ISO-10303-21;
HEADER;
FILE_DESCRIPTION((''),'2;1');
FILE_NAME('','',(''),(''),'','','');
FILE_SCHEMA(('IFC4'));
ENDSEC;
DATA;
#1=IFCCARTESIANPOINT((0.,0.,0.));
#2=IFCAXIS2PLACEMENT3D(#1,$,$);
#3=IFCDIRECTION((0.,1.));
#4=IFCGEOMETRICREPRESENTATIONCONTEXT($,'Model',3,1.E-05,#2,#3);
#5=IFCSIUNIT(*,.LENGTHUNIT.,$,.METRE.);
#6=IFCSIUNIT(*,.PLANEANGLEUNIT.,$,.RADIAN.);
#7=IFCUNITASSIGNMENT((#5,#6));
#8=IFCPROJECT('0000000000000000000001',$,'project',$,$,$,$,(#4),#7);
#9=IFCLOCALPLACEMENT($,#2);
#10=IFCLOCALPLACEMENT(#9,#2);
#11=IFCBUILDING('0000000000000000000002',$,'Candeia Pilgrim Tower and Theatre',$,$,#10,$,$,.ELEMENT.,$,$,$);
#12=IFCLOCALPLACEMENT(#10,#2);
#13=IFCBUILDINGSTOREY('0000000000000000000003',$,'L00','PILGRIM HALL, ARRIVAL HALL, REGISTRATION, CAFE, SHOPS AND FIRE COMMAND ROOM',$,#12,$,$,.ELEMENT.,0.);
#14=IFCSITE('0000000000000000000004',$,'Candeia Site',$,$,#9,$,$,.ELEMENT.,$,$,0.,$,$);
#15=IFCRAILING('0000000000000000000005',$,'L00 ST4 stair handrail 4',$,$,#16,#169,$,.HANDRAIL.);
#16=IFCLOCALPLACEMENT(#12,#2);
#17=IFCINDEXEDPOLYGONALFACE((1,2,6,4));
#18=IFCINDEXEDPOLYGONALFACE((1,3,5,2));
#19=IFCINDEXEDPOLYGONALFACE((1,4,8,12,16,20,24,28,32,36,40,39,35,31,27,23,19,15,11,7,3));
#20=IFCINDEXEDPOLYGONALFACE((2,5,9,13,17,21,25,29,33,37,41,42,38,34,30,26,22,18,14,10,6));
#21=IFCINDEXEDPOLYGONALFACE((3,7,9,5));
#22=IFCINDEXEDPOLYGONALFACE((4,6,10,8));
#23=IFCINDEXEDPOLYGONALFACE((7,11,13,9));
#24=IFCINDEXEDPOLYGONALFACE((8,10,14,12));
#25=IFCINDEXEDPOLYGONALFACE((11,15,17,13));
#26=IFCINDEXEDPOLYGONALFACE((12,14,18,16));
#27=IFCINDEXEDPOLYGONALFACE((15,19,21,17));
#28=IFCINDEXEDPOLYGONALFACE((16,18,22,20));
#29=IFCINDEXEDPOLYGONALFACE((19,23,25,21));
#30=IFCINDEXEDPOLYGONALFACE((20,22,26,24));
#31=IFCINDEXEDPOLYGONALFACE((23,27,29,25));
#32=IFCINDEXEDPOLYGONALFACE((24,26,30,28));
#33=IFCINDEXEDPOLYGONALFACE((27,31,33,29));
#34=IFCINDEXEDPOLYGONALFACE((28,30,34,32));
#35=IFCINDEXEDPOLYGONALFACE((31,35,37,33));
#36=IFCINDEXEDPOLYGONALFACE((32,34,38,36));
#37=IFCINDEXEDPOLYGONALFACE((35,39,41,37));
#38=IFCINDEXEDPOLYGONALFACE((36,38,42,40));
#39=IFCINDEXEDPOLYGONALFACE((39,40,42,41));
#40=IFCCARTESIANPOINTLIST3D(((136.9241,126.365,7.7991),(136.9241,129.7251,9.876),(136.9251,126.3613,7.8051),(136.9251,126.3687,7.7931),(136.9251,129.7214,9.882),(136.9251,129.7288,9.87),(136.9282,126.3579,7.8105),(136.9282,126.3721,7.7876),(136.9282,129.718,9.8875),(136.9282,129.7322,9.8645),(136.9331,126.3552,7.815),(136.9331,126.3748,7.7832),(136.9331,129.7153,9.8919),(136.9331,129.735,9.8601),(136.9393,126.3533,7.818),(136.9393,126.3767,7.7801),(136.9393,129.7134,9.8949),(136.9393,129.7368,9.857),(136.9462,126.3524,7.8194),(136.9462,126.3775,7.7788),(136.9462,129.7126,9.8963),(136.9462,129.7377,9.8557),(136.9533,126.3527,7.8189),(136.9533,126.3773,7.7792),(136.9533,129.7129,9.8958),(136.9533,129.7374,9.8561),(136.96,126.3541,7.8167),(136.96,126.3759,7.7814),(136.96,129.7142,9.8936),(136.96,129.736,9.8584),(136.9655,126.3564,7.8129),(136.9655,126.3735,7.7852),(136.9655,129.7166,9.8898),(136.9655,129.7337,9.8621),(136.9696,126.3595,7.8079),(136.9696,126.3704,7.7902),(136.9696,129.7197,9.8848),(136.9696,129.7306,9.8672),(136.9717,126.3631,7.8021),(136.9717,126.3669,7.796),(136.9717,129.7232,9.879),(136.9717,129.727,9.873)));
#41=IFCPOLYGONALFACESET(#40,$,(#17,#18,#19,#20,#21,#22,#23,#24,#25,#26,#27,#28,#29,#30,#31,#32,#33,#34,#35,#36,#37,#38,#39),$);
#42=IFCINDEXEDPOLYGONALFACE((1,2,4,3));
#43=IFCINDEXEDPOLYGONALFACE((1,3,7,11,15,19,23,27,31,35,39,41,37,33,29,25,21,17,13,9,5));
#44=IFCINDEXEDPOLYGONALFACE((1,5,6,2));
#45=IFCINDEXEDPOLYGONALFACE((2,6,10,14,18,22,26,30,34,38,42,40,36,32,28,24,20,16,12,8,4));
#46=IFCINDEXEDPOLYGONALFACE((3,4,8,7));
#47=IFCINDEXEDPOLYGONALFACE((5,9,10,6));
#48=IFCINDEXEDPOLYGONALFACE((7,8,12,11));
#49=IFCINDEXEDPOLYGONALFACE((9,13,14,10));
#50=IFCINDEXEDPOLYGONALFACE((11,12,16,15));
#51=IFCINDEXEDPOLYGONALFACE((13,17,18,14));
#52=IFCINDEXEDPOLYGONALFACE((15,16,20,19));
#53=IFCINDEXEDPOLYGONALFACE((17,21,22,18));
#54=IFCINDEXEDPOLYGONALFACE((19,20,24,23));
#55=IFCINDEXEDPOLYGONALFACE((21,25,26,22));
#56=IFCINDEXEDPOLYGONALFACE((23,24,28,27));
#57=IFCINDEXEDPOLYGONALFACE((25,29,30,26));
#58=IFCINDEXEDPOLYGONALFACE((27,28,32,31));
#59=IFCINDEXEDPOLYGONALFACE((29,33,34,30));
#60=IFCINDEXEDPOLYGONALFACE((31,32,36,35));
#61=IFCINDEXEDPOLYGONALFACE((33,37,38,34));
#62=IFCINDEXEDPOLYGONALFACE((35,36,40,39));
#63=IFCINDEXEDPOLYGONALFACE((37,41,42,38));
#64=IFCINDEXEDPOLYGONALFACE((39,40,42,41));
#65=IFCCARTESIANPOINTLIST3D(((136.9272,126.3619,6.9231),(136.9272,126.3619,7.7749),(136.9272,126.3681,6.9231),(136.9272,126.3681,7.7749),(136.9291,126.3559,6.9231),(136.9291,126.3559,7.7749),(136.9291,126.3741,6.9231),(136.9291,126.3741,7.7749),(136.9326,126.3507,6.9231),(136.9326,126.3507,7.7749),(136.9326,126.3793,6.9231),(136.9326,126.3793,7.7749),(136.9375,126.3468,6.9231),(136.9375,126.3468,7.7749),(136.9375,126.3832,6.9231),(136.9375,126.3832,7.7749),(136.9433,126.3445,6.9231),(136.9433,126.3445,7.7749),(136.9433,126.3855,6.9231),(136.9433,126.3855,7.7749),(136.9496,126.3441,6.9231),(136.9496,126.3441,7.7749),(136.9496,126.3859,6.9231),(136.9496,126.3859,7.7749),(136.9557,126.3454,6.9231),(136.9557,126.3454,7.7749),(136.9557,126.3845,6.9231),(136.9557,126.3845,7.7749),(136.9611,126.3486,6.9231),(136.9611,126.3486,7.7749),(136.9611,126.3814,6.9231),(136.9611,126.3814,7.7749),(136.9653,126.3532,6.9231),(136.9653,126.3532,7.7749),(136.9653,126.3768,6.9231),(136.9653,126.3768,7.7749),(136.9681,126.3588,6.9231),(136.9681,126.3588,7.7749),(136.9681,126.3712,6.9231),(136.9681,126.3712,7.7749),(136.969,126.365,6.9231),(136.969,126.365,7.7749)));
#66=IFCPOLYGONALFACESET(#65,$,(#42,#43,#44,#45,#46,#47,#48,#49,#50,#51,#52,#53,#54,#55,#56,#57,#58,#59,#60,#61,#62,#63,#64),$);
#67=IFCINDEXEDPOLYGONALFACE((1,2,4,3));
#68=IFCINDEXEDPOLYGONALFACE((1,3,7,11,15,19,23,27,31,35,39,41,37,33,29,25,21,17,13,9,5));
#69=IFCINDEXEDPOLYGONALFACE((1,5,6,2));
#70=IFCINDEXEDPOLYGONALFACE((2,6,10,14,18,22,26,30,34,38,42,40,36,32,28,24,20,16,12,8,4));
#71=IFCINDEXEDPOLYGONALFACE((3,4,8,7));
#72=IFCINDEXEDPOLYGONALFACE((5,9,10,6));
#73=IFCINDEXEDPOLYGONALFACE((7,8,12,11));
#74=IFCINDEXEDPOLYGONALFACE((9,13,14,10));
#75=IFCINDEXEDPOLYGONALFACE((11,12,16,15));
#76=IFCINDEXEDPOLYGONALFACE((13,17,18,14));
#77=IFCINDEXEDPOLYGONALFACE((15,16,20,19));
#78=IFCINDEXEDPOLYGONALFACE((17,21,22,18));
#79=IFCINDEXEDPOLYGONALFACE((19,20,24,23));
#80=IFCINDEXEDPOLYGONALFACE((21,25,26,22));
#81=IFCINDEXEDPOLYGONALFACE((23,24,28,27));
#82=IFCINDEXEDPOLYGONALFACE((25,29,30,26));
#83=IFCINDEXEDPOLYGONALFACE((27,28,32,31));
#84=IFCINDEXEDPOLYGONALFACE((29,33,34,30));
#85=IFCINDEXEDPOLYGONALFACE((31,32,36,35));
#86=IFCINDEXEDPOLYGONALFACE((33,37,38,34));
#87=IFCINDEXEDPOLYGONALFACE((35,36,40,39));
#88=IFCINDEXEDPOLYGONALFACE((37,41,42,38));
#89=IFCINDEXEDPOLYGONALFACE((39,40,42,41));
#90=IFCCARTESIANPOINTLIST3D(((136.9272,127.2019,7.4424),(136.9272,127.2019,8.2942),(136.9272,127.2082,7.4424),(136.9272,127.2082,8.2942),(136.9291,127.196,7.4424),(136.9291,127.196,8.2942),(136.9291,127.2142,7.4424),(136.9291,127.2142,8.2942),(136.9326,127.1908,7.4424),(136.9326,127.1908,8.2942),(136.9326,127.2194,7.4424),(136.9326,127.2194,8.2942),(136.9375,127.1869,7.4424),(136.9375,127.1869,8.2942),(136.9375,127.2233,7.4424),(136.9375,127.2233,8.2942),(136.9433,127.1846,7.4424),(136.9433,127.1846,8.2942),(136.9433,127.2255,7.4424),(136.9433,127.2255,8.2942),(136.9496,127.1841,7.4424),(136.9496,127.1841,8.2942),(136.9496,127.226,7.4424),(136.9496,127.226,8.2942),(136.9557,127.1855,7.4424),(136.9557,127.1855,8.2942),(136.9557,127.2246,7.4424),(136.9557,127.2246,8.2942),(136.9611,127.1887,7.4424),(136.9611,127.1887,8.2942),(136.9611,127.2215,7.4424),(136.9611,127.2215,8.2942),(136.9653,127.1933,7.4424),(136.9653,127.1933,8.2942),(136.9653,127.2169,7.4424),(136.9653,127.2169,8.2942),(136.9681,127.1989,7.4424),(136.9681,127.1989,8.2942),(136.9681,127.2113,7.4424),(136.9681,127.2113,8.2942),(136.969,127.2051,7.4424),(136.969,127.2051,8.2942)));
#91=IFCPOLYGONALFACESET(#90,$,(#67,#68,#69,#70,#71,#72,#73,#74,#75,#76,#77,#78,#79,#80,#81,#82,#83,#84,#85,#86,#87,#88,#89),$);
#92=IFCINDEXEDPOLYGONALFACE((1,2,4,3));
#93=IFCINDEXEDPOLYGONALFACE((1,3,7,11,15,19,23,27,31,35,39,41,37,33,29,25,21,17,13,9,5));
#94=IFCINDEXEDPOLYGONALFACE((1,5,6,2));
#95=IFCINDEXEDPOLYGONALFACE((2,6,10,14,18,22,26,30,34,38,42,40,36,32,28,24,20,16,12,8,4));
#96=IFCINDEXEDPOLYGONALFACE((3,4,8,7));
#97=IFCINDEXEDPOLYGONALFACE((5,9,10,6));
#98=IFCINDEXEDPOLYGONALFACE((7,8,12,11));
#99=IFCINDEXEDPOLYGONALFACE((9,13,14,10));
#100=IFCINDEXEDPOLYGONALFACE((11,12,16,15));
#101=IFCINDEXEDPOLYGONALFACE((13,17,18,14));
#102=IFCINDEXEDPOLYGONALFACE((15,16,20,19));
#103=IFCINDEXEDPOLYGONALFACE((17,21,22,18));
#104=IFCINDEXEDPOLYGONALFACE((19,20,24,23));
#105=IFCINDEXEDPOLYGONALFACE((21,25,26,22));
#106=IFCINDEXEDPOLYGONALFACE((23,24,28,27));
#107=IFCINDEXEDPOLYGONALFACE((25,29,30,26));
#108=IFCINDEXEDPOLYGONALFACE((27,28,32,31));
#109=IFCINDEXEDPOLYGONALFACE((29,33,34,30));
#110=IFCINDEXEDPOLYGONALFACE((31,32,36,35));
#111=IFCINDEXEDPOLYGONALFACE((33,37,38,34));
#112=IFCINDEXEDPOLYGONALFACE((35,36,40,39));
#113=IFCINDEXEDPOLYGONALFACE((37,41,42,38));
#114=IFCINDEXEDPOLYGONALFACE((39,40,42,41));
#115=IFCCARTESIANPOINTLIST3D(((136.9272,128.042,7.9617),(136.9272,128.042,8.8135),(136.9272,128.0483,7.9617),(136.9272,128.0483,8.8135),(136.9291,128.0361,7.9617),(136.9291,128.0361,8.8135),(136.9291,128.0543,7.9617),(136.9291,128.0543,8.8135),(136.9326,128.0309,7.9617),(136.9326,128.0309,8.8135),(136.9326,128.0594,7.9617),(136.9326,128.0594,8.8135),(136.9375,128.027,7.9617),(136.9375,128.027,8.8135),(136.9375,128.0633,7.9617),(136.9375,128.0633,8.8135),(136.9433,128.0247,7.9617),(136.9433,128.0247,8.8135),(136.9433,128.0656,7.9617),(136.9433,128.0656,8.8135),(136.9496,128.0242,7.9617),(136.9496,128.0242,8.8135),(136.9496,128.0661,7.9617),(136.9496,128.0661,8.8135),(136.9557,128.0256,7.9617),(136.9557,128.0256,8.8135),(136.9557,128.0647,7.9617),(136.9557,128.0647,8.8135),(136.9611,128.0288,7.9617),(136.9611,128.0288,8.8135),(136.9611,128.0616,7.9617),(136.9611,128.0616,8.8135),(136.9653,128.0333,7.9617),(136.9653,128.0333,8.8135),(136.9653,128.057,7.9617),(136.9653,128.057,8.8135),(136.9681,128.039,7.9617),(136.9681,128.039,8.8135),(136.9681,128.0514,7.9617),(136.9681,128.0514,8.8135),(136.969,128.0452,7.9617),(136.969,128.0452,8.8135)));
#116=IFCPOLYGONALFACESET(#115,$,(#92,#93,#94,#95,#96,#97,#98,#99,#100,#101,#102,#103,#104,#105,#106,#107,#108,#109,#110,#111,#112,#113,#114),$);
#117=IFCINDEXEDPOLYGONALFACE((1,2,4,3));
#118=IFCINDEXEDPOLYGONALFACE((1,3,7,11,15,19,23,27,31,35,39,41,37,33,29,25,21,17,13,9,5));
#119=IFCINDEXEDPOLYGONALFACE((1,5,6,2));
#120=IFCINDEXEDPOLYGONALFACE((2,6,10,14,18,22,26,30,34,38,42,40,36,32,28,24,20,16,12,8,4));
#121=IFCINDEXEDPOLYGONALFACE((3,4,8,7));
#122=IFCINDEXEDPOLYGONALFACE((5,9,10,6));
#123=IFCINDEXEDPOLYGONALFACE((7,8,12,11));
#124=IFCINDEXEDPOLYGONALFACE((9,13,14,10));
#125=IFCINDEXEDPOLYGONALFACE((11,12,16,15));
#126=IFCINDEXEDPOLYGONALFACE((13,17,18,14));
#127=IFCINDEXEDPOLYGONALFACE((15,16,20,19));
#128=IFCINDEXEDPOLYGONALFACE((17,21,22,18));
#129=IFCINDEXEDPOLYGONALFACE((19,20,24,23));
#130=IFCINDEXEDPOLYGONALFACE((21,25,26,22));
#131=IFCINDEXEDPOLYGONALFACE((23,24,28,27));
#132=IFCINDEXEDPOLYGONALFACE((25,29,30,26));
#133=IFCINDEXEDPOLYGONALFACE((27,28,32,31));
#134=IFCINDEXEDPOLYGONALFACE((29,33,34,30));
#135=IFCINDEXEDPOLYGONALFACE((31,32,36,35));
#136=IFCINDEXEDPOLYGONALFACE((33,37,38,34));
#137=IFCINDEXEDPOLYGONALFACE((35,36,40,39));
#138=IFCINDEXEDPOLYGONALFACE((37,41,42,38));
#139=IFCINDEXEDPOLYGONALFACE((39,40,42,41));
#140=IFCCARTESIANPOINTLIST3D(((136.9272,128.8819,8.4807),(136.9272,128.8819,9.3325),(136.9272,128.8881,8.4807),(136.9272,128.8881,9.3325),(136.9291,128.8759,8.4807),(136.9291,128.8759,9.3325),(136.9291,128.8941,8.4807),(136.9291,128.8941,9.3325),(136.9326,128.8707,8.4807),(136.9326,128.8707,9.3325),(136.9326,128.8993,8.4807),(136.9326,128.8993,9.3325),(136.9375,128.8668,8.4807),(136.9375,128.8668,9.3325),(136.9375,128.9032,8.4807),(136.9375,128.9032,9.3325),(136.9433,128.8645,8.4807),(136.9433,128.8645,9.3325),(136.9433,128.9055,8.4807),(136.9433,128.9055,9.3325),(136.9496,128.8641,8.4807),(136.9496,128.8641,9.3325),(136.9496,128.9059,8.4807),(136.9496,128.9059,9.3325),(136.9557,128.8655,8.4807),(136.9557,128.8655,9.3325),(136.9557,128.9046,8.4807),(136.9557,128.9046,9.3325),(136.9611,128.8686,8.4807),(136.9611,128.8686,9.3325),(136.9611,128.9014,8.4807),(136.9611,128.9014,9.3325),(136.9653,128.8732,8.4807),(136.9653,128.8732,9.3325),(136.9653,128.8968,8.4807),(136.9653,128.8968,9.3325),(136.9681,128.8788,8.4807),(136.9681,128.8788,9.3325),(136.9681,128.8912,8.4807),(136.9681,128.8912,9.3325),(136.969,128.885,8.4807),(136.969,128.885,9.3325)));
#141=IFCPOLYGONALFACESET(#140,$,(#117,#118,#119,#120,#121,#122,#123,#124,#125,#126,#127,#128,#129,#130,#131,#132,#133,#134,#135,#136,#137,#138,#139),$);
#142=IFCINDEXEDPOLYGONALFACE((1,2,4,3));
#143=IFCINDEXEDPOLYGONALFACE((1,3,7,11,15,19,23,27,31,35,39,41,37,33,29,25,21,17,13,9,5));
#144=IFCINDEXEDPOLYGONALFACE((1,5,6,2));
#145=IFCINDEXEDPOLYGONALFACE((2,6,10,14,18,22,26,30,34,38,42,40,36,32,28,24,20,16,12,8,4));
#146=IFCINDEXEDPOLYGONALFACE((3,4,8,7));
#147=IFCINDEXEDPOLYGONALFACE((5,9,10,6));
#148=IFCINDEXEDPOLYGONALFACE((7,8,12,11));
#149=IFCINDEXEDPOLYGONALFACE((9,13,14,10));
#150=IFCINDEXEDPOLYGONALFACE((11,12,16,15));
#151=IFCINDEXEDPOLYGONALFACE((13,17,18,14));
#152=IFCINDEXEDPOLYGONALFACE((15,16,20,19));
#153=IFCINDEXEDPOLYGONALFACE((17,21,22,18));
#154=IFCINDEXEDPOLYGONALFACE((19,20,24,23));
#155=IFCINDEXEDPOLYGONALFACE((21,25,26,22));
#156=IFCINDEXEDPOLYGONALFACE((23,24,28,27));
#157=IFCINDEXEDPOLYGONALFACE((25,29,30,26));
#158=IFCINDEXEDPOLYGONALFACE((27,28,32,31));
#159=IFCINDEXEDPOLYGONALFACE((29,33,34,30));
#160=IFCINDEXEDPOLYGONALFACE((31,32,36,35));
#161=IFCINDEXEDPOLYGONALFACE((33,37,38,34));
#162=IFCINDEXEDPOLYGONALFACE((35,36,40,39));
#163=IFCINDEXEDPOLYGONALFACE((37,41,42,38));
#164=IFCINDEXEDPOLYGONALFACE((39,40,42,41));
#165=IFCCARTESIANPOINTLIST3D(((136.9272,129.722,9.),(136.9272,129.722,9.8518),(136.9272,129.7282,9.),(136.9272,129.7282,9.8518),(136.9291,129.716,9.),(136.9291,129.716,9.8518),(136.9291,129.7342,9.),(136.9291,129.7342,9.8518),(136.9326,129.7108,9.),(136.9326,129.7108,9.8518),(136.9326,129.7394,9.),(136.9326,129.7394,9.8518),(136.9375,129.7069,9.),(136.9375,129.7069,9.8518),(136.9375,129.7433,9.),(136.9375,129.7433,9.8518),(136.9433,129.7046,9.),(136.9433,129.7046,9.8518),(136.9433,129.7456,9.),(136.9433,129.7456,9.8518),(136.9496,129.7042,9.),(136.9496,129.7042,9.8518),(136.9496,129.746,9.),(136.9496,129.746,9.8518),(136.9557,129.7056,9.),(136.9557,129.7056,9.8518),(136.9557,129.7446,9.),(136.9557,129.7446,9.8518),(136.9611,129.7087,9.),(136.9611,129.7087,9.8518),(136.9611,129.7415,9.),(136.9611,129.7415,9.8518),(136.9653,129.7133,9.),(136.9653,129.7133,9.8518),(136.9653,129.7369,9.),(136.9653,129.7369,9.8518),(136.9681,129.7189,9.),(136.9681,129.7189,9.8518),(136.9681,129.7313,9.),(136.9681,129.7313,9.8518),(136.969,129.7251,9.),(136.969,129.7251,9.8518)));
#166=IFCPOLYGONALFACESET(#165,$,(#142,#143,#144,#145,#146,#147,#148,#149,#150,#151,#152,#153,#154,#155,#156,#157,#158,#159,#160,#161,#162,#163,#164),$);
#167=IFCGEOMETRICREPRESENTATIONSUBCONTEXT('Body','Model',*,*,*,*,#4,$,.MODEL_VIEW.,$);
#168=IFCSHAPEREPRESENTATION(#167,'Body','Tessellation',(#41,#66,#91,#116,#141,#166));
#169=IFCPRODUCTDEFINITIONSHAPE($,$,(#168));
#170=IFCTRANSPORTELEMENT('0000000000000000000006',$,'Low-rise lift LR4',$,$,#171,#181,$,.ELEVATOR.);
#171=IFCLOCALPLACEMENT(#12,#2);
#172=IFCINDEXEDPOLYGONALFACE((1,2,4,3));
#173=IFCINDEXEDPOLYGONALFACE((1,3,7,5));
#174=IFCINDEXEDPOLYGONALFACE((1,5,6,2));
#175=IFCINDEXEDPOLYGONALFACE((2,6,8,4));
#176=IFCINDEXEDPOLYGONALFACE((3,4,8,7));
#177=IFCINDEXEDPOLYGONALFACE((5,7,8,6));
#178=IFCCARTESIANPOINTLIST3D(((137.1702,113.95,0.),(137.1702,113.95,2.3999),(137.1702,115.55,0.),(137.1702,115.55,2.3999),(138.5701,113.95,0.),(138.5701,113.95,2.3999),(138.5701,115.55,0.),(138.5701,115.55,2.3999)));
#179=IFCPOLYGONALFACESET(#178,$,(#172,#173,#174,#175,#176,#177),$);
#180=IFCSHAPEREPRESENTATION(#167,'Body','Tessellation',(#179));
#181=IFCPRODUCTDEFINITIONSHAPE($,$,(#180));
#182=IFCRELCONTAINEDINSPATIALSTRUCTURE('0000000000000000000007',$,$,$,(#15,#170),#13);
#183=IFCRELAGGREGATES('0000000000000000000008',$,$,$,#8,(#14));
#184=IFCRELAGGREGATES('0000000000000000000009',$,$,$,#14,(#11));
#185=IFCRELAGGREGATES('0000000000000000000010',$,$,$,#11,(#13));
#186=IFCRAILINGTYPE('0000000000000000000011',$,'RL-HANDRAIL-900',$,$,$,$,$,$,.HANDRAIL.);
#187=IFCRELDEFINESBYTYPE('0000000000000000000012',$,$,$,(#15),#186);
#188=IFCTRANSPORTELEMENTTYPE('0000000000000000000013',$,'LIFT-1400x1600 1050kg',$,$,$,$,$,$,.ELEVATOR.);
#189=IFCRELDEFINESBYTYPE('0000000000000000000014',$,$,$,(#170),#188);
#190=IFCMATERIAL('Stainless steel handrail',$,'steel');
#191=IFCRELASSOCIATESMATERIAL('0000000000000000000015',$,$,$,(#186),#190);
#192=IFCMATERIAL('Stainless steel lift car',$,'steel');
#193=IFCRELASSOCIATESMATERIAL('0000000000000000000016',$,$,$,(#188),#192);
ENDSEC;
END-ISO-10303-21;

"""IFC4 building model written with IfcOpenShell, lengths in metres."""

from ifc_helpers import new_model, si_unit, direction, frame, origin, origin_2d, place, context, subcontext, project, spatial, rectangle, circle, extrude, material, type_object, element, save


model = new_model("IFC4")

# Units and contexts
model_context = context("Model", 3, precision=1e-05, world=origin(), true_north=direction((0.0, 1.0)))
body_context = subcontext(model_context, "Body", "Model", "MODEL_VIEW")
ifc_project = project(units=[si_unit("LENGTHUNIT", "METRE"), si_unit("PLANEANGLEUNIT", "RADIAN")], contexts=[model_context])

# Site, building, storey
site_placement = place(None, origin())
site = spatial("IfcSite", under=ifc_project, at=site_placement, Name="Candeia Site", CompositionType="ELEMENT", RefElevation=0.0)
building_placement = place(site_placement, origin())
building = spatial("IfcBuilding", under=site, at=building_placement, Name="Candeia Pilgrim Tower and Theatre", CompositionType="ELEMENT")
storey_placement = place(building_placement, origin())
storey = spatial("IfcBuildingStorey", under=building, at=storey_placement, Name="L00", Description="PILGRIM HALL, ARRIVAL HALL, REGISTRATION, CAFE, SHOPS AND FIRE COMMAND ROOM", CompositionType="ELEMENT", Elevation=0.0)

# Railing
ifc_material_1 = material(Name="Stainless steel handrail", Category="steel")
railing_type = type_object("IfcRailingType", Name="RL-HANDRAIL-900", PredefinedType="HANDRAIL", material=ifc_material_1)
for number, where, name in (
    (1, (136.948, 126.365, 6.9231), "L00 ST4 stair handrail 4"),
):
    element("IfcRailing", number, at=place(storey_placement, frame(where)), inside=storey, type_object=railing_type, Name=name, PredefinedType="HANDRAIL", context=body_context, shape_type="SweptSolid", body=[
        extrude(circle(Radius=0.0239, at=origin_2d()), frame((0.0, 0.0, 0.876), z_axis=(0.0, 0.850623, 0.525776), x_axis=(-1.0, 0.0, 0.0)), (0.0, 0.0, 1.0), 3.9502),
        extrude(circle(Radius=0.021, at=origin_2d()), origin(), (0.0, 0.0, 1.0), 0.8518),
        extrude(circle(Radius=0.021, at=origin_2d()), frame((0.0, 0.8401, 0.5193)), (0.0, 0.0, 1.0), 0.8518),
        extrude(circle(Radius=0.021, at=origin_2d()), frame((0.0, 1.6802, 1.0386)), (0.0, 0.0, 1.0), 0.8518),
        extrude(circle(Radius=0.021, at=origin_2d()), frame((0.0, 2.52, 1.5576)), (0.0, 0.0, 1.0), 0.8518),
        extrude(circle(Radius=0.021, at=origin_2d()), frame((0.0, 3.3601, 2.0769)), (0.0, 0.0, 1.0), 0.8518),
    ])

# Transport element
ifc_material_2 = material(Name="Stainless steel lift car", Category="steel")
transport_element_type = type_object("IfcTransportElementType", Name="LIFT-1400x1600 1050kg", PredefinedType="ELEVATOR", material=ifc_material_2)
transport_element_placement = place(storey_placement, frame((137.8701, 114.75, 0.0), z_axis=(0.0, 0.0, 1.0), x_axis=(1.0, 0.0, 0.0)))
element("IfcTransportElement", 2, at=transport_element_placement, inside=storey, type_object=transport_element_type, Name="Low-rise lift LR4", PredefinedType="ELEVATOR", context=body_context, shape_type="SweptSolid", body=[
    extrude(rectangle(XDim=1.3999, YDim=1.6001, at=origin_2d()), origin(), (0.0, 0.0, 1.0), 2.3999),
])

save(model, "model.ifc")
